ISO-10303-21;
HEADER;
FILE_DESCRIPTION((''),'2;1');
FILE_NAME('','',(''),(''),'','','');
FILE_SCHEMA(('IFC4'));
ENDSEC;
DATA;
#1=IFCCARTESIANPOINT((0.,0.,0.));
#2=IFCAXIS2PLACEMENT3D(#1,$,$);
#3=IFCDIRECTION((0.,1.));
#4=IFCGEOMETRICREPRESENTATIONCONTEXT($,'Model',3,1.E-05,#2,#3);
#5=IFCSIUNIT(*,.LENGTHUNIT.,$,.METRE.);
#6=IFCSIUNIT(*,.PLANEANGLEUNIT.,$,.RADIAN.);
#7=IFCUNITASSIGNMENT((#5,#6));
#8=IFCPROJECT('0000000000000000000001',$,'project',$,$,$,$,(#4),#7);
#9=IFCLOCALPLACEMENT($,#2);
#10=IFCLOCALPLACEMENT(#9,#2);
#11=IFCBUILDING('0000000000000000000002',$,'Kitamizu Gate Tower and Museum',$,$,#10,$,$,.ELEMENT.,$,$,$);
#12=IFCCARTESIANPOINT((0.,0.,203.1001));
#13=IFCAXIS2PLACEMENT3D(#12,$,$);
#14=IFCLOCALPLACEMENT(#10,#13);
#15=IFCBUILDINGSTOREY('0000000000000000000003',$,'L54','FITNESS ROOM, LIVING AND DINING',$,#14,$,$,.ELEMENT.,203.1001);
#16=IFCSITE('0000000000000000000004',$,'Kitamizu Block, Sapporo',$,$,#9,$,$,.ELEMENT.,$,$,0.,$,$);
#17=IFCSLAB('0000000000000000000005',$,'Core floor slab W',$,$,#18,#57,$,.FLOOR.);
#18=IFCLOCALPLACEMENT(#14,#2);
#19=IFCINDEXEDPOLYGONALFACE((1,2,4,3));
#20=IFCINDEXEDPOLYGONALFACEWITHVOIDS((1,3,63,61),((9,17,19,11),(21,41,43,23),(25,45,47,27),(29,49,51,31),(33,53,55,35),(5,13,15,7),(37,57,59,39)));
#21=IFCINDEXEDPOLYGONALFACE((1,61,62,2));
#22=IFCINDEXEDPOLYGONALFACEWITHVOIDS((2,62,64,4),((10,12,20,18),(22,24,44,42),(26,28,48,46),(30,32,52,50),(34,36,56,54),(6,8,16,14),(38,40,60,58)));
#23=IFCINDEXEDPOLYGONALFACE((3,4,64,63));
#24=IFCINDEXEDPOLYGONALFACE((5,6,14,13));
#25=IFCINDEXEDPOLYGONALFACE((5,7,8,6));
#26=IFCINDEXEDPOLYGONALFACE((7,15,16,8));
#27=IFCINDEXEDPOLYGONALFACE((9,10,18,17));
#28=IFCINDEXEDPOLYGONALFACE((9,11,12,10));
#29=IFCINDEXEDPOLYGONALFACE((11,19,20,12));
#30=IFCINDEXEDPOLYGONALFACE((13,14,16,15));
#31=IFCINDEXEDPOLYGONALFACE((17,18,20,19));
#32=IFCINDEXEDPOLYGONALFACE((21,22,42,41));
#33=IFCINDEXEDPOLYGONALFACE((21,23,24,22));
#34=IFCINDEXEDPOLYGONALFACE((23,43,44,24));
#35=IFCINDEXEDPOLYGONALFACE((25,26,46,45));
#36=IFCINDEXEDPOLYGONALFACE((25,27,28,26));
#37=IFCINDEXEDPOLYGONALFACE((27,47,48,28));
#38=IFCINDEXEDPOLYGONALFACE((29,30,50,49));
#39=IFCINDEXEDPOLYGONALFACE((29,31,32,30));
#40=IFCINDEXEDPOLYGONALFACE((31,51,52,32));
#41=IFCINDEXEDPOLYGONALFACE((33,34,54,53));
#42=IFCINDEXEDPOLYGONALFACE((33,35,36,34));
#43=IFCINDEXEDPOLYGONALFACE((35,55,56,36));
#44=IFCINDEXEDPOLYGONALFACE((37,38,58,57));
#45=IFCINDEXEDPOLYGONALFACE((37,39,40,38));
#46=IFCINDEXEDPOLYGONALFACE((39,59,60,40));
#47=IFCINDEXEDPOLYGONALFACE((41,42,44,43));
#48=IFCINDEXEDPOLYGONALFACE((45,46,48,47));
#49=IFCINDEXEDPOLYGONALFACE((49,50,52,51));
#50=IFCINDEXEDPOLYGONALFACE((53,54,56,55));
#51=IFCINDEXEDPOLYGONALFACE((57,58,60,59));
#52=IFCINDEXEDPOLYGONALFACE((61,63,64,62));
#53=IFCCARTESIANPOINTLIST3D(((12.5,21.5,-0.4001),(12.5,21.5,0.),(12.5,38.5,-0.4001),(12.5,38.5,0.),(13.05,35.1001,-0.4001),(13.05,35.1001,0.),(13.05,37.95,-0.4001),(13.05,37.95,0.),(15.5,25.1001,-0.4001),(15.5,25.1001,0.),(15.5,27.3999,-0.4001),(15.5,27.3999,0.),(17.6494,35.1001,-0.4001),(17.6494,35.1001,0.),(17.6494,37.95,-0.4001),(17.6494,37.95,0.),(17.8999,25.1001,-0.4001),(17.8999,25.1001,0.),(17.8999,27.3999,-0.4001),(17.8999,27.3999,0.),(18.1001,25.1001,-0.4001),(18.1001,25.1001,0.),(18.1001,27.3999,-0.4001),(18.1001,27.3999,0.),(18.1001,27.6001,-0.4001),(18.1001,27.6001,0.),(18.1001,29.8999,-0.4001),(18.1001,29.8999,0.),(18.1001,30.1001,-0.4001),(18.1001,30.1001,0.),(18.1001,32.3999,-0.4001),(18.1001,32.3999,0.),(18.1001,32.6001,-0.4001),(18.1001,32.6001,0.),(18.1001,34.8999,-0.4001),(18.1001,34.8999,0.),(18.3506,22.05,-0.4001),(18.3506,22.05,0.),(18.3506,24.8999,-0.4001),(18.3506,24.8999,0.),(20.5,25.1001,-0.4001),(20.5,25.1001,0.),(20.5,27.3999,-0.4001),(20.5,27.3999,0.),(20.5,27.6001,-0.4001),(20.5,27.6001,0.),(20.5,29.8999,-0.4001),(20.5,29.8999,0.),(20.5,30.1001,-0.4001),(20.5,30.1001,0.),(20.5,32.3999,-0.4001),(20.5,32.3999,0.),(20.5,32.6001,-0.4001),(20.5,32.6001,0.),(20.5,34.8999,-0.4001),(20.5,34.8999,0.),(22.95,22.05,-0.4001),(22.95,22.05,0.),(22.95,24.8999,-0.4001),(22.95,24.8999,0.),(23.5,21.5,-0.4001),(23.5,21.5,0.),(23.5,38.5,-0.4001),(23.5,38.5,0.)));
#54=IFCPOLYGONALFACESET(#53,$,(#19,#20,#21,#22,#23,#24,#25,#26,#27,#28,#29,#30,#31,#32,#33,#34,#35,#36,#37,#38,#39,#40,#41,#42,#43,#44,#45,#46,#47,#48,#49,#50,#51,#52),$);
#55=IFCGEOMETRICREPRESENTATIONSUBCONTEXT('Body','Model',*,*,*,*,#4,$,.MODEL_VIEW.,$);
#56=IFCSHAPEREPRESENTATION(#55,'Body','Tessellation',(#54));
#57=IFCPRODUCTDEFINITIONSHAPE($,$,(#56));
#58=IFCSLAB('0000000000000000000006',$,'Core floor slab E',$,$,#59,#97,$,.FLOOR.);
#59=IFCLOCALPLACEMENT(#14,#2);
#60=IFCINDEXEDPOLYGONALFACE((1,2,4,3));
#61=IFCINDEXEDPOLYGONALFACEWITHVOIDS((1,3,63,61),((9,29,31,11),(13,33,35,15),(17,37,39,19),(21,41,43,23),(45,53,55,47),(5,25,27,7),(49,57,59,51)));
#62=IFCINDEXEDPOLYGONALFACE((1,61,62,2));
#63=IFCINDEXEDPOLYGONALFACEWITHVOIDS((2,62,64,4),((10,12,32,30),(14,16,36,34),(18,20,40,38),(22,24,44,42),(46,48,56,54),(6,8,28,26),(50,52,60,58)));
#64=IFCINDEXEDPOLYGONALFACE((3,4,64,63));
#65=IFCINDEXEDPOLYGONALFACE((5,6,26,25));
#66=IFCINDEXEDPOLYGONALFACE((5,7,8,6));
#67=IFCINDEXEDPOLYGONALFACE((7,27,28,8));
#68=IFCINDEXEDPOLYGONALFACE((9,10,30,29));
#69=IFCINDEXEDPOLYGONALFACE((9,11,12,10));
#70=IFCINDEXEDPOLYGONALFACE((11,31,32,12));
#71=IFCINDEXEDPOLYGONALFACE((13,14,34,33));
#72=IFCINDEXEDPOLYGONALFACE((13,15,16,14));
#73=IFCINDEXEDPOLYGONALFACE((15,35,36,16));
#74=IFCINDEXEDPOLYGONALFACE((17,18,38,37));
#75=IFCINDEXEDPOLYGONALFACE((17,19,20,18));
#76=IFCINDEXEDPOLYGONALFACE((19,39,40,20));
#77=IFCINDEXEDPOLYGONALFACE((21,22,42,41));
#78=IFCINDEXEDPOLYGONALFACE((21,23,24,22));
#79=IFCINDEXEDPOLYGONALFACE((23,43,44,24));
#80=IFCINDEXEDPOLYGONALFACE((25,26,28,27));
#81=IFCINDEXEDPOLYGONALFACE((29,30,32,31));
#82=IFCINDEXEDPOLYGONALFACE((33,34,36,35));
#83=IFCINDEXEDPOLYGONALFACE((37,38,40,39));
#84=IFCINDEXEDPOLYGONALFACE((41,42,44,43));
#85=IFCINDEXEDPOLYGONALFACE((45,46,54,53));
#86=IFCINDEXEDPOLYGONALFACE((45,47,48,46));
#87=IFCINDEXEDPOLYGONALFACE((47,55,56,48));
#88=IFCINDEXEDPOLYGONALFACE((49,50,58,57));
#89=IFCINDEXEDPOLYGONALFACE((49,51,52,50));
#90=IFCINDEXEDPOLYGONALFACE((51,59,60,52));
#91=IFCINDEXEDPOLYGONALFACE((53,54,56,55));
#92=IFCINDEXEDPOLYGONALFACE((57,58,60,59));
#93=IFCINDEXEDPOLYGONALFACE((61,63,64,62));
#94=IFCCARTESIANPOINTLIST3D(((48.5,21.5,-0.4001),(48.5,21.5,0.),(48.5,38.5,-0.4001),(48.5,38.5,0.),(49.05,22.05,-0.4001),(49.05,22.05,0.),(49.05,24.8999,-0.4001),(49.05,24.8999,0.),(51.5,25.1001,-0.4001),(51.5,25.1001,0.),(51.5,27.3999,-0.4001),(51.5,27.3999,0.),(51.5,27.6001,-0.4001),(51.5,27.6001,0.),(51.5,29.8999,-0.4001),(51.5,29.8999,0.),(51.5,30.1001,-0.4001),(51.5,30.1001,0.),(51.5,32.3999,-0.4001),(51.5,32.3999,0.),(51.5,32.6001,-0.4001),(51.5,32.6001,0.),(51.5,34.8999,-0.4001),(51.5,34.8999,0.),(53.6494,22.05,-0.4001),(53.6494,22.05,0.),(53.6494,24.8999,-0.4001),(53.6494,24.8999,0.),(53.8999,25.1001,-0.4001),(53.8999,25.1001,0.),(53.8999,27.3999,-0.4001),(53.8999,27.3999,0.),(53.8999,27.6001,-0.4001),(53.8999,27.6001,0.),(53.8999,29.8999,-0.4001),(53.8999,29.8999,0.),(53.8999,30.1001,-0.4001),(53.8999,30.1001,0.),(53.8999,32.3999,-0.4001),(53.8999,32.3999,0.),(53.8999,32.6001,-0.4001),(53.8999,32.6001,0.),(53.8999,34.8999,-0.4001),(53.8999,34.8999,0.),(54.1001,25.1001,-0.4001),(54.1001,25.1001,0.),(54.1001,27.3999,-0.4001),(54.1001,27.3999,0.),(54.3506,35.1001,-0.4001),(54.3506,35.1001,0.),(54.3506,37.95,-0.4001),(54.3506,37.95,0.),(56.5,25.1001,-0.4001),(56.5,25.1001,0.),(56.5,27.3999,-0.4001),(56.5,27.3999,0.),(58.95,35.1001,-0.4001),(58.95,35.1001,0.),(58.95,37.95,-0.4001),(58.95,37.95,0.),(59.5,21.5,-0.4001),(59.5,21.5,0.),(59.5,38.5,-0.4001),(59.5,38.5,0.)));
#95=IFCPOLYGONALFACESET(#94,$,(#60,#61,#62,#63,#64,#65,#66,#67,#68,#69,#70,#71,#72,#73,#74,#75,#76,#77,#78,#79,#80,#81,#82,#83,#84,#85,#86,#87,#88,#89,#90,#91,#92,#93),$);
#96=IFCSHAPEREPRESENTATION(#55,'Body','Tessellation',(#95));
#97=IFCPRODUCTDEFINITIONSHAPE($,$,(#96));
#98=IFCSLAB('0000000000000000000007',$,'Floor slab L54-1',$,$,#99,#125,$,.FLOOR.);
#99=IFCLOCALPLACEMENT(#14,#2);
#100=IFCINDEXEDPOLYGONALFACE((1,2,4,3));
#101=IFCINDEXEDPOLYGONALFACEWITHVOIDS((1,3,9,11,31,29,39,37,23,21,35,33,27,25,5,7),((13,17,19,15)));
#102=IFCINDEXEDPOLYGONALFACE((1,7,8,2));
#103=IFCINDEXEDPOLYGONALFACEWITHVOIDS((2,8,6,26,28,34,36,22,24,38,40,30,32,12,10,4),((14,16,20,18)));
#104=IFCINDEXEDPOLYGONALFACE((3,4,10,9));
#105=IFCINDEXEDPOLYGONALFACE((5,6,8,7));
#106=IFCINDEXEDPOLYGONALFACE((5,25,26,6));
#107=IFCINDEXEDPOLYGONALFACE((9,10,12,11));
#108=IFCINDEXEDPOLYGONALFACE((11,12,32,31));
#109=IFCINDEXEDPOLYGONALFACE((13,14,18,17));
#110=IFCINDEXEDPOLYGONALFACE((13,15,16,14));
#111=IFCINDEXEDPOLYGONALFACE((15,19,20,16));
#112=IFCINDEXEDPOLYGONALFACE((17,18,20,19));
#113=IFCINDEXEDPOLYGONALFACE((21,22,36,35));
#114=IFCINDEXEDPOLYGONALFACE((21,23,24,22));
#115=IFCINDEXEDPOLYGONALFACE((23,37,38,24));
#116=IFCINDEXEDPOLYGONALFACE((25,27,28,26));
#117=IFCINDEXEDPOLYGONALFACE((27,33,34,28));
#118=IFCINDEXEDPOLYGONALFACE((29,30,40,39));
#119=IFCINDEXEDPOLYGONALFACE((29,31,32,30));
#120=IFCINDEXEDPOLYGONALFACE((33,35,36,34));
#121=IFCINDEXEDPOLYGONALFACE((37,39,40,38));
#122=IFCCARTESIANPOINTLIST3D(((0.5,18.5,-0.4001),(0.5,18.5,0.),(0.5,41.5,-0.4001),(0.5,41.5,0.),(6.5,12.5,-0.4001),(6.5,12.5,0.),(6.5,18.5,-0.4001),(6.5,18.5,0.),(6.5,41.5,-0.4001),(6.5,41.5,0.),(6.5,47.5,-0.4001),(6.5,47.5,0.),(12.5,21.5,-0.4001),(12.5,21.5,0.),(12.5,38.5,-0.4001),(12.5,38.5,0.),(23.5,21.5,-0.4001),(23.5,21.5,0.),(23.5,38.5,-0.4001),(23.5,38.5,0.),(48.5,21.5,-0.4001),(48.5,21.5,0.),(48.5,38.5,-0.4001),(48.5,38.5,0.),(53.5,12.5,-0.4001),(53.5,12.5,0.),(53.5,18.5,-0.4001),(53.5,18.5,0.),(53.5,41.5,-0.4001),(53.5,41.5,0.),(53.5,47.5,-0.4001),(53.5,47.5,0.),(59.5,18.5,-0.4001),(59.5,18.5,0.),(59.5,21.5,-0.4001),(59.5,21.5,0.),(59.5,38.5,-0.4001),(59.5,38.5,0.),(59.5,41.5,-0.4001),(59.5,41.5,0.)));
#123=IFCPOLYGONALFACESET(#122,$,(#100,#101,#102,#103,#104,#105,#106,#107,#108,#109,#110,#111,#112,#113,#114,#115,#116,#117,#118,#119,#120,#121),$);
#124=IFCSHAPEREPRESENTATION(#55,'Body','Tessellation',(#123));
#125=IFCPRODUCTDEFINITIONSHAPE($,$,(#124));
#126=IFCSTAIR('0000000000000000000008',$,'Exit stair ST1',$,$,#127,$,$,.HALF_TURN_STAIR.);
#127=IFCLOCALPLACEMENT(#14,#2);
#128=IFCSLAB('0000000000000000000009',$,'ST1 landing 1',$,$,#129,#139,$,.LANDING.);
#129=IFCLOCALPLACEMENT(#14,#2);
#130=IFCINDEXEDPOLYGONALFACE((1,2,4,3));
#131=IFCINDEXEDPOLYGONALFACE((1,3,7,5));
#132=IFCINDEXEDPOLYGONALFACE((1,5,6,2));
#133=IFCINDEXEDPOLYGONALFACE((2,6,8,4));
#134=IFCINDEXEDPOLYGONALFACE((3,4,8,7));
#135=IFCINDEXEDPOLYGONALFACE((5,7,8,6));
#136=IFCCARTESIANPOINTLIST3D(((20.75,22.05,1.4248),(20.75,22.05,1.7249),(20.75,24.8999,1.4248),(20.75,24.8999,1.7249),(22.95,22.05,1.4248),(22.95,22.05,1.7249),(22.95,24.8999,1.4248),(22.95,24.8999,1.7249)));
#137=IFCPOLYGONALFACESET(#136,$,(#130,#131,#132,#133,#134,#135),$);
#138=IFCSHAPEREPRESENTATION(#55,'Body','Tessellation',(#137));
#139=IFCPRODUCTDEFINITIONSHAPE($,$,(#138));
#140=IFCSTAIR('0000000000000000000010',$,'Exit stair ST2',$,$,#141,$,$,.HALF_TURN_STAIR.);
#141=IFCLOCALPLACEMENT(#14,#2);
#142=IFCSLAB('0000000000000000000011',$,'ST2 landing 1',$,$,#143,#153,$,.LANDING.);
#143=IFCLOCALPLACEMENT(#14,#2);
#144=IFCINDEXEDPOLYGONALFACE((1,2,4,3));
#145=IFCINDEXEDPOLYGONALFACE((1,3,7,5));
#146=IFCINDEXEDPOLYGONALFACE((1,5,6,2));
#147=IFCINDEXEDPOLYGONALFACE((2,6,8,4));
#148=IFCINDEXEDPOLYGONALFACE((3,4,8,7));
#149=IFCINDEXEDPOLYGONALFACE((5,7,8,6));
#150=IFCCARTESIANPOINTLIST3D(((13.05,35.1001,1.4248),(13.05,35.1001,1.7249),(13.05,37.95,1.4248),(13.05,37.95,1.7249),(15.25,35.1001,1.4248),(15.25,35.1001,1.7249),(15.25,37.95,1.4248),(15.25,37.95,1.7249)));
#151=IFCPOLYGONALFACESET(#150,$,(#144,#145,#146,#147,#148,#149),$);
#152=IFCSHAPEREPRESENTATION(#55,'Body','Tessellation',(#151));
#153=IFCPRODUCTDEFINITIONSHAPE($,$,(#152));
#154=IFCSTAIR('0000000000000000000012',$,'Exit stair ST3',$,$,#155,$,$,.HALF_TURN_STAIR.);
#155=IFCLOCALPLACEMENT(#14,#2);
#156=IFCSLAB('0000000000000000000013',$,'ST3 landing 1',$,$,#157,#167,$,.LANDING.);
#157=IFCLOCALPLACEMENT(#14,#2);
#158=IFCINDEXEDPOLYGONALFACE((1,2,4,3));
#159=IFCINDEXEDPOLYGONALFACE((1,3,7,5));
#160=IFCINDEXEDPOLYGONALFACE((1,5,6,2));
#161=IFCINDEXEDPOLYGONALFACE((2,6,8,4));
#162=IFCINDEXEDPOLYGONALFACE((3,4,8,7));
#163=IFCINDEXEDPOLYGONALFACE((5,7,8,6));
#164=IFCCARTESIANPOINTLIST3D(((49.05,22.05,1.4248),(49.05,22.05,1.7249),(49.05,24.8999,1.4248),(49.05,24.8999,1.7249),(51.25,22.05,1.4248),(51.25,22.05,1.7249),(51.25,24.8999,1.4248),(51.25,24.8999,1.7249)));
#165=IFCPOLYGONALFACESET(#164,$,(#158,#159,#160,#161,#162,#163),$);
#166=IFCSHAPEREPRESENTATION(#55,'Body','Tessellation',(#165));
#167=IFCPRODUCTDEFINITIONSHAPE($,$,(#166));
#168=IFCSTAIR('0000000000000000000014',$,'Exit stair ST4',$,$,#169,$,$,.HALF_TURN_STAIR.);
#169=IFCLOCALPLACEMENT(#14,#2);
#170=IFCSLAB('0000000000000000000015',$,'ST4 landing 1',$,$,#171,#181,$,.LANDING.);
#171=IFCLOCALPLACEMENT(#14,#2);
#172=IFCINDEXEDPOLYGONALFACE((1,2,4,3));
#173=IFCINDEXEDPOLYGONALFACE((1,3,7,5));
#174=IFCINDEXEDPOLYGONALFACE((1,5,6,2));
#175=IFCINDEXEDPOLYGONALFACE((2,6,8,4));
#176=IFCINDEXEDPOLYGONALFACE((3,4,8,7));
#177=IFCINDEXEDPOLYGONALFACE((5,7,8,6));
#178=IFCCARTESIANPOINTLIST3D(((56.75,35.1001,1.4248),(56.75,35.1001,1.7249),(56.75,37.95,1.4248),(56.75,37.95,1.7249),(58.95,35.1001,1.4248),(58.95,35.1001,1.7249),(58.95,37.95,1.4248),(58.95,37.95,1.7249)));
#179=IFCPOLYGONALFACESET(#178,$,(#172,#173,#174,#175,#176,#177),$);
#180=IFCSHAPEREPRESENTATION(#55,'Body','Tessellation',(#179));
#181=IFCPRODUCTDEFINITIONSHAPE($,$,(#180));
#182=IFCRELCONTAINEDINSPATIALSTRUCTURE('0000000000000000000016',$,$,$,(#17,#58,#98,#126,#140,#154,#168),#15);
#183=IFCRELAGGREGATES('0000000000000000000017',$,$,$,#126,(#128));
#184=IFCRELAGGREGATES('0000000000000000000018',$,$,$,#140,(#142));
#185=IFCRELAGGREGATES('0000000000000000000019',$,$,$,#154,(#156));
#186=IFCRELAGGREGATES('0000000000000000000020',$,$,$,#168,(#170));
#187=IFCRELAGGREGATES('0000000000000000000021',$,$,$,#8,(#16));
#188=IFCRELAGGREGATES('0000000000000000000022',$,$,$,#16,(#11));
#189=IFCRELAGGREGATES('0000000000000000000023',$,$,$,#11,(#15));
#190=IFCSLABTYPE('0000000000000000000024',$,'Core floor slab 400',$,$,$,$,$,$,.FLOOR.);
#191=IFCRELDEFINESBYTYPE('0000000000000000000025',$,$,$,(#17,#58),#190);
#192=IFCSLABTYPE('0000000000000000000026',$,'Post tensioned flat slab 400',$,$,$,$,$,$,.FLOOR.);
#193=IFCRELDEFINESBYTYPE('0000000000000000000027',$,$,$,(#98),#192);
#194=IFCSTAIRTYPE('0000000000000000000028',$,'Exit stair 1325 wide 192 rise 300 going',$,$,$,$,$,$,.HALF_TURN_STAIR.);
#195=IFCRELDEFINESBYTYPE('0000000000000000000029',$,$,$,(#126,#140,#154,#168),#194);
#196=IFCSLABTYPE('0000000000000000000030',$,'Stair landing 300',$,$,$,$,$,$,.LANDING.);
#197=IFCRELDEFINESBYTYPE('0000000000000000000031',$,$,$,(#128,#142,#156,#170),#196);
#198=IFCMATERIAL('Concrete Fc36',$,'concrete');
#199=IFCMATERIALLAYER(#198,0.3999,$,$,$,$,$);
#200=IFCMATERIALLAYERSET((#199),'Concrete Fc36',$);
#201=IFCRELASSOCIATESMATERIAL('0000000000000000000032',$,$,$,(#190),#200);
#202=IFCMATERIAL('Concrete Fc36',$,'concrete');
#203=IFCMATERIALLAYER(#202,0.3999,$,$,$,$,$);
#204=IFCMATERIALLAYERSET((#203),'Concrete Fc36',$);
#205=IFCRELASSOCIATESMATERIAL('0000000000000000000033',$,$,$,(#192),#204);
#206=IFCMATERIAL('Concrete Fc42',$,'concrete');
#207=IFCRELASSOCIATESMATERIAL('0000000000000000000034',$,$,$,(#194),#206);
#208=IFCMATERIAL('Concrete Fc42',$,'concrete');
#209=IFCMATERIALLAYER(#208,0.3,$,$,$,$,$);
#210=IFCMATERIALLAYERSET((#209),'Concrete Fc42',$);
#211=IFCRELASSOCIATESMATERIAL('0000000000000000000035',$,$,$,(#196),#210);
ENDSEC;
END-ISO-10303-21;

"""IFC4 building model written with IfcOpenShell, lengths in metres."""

from ifc_helpers import new_model, si_unit, direction, frame, origin, place, context, subcontext, project, spatial, polyline, outline, extrude, material, layer, layer_set, type_object, element, aggregate, save


model = new_model("IFC4")

# Units and contexts
model_context = context("Model", 3, precision=1e-05, world=origin(), true_north=direction((0.0, 1.0)))
body_context = subcontext(model_context, "Body", "Model", "MODEL_VIEW")
ifc_project = project(units=[si_unit("LENGTHUNIT", "METRE"), si_unit("PLANEANGLEUNIT", "RADIAN")], contexts=[model_context])

# Site, building, storey
site_placement = place(None, origin())
site = spatial("IfcSite", under=ifc_project, at=site_placement, Name="Kitamizu Block, Sapporo", CompositionType="ELEMENT", RefElevation=0.0)
building_placement = place(site_placement, origin())
building = spatial("IfcBuilding", under=site, at=building_placement, Name="Kitamizu Gate Tower and Museum", CompositionType="ELEMENT")
storey_placement = place(building_placement, frame((0.0, 0.0, 203.1001)))
storey = spatial("IfcBuildingStorey", under=building, at=storey_placement, Name="L54", Description="FITNESS ROOM, LIVING AND DINING", CompositionType="ELEMENT", Elevation=203.1001)

# Slabs
ifc_material_1 = material(Name="Concrete Fc36", Category="concrete")
ifc_layer_1 = layer(ifc_material_1, 0.3999)
ifc_layer_set_1 = layer_set([ifc_layer_1], Name="Concrete Fc36")
slab_type_1 = type_object("IfcSlabType", Name="Core floor slab 400", PredefinedType="FLOOR", material=ifc_layer_set_1)
slab_1_placement = place(storey_placement, frame((0.0, 0.0, -0.4001)))
element("IfcSlab", 1, at=slab_1_placement, inside=storey, type_object=slab_type_1, Name="Core floor slab W", PredefinedType="FLOOR", context=body_context, shape_type="SweptSolid", body=[
    extrude(outline(polyline([(12.5, 21.5), (23.5, 21.5), (23.5, 38.5), (12.5, 38.5), (12.5, 21.5)]), holes=[polyline([(15.5, 25.1001), (17.8999, 25.1001), (17.8999, 27.3999), (15.5, 27.3999), (15.5, 25.1001)]), polyline([(18.1001, 25.1001), (20.5, 25.1001), (20.5, 27.3999), (18.1001, 27.3999), (18.1001, 25.1001)]), polyline([(18.1001, 27.6001), (20.5, 27.6001), (20.5, 29.8999), (18.1001, 29.8999), (18.1001, 27.6001)]), polyline([(18.1001, 30.1001), (20.5, 30.1001), (20.5, 32.3999), (18.1001, 32.3999), (18.1001, 30.1001)]), polyline([(18.1001, 32.6001), (20.5, 32.6001), (20.5, 34.8999), (18.1001, 34.8999), (18.1001, 32.6001)]), polyline([(18.3506, 22.05), (22.95, 22.05), (22.95, 24.8999), (18.3506, 24.8999), (18.3506, 22.05)]), polyline([(13.05, 35.1001), (17.6494, 35.1001), (17.6494, 37.95), (13.05, 37.95), (13.05, 35.1001)])]), origin(), (0.0, 0.0, 1.0), 0.4001),
])
slab_2_placement = place(storey_placement, frame((0.0, 0.0, -0.4001)))
element("IfcSlab", 2, at=slab_2_placement, inside=storey, type_object=slab_type_1, Name="Core floor slab E", PredefinedType="FLOOR", context=body_context, shape_type="SweptSolid", body=[
    extrude(outline(polyline([(48.5, 21.5), (59.5, 21.5), (59.5, 38.5), (48.5, 38.5), (48.5, 21.5)]), holes=[polyline([(54.1001, 25.1001), (56.5, 25.1001), (56.5, 27.3999), (54.1001, 27.3999), (54.1001, 25.1001)]), polyline([(51.5, 25.1001), (53.8999, 25.1001), (53.8999, 27.3999), (51.5, 27.3999), (51.5, 25.1001)]), polyline([(51.5, 27.6001), (53.8999, 27.6001), (53.8999, 29.8999), (51.5, 29.8999), (51.5, 27.6001)]), polyline([(51.5, 30.1001), (53.8999, 30.1001), (53.8999, 32.3999), (51.5, 32.3999), (51.5, 30.1001)]), polyline([(51.5, 32.6001), (53.8999, 32.6001), (53.8999, 34.8999), (51.5, 34.8999), (51.5, 32.6001)]), polyline([(49.05, 22.05), (53.6494, 22.05), (53.6494, 24.8999), (49.05, 24.8999), (49.05, 22.05)]), polyline([(54.3506, 35.1001), (58.95, 35.1001), (58.95, 37.95), (54.3506, 37.95), (54.3506, 35.1001)])]), origin(), (0.0, 0.0, 1.0), 0.4001),
])
ifc_material_2 = material(Name="Concrete Fc36", Category="concrete")
ifc_layer_2 = layer(ifc_material_2, 0.3999)
ifc_layer_set_2 = layer_set([ifc_layer_2], Name="Concrete Fc36")
slab_type_2 = type_object("IfcSlabType", Name="Post tensioned flat slab 400", PredefinedType="FLOOR", material=ifc_layer_set_2)
slab_3_placement = place(storey_placement, frame((0.0, 0.0, -0.4001)))
element("IfcSlab", 3, at=slab_3_placement, inside=storey, type_object=slab_type_2, Name="Floor slab L54-1", PredefinedType="FLOOR", context=body_context, shape_type="SweptSolid", body=[
    extrude(outline(polyline([(0.5, 18.5), (0.5, 41.5), (6.5, 41.5), (6.5, 47.5), (53.5, 47.5), (53.5, 41.5), (59.5, 41.5), (59.5, 38.5), (48.5, 38.5), (48.5, 21.5), (59.5, 21.5), (59.5, 18.5), (53.5, 18.5), (53.5, 12.5), (6.5, 12.5), (6.5, 18.5), (0.5, 18.5)]), holes=[polyline([(12.5, 38.5), (12.5, 21.5), (23.5, 21.5), (23.5, 38.5), (12.5, 38.5)])]), origin(), (0.0, 0.0, 1.0), 0.4001),
])

# Stairs, slabs
ifc_material_3 = material(Name="Concrete Fc42", Category="concrete")
stair_type = type_object("IfcStairType", Name="Exit stair 1325 wide 192 rise 300 going", PredefinedType="HALF_TURN_STAIR", material=ifc_material_3)
stair_1_placement = place(storey_placement, origin())
stair_1 = element("IfcStair", 4, at=stair_1_placement, inside=storey, type_object=stair_type, Name="Exit stair ST1", PredefinedType="HALF_TURN_STAIR")
ifc_material_4 = material(Name="Concrete Fc42", Category="concrete")
ifc_layer_3 = layer(ifc_material_4, 0.3)
ifc_layer_set_3 = layer_set([ifc_layer_3], Name="Concrete Fc42")
slab_type_3 = type_object("IfcSlabType", Name="Stair landing 300", PredefinedType="LANDING", material=ifc_layer_set_3)
slab_4_placement = place(storey_placement, frame((0.0, 0.0, 1.4248)))
slab_4 = element("IfcSlab", 5, at=slab_4_placement, type_object=slab_type_3, Name="ST1 landing 1", PredefinedType="LANDING", context=body_context, shape_type="SweptSolid", body=[
    extrude(outline(polyline([(20.75, 22.05), (22.95, 22.05), (22.95, 24.8999), (20.75, 24.8999), (20.75, 22.05)])), origin(), (0.0, 0.0, 1.0), 0.3),
])
aggregate(stair_1, [slab_4])
stair_2_placement = place(storey_placement, origin())
stair_2 = element("IfcStair", 6, at=stair_2_placement, inside=storey, type_object=stair_type, Name="Exit stair ST2", PredefinedType="HALF_TURN_STAIR")
slab_5_placement = place(storey_placement, frame((0.0, 0.0, 1.4248)))
slab_5 = element("IfcSlab", 7, at=slab_5_placement, type_object=slab_type_3, Name="ST2 landing 1", PredefinedType="LANDING", context=body_context, shape_type="SweptSolid", body=[
    extrude(outline(polyline([(13.05, 35.1001), (15.25, 35.1001), (15.25, 37.95), (13.05, 37.95), (13.05, 35.1001)])), origin(), (0.0, 0.0, 1.0), 0.3),
])
aggregate(stair_2, [slab_5])
stair_3_placement = place(storey_placement, origin())
stair_3 = element("IfcStair", 8, at=stair_3_placement, inside=storey, type_object=stair_type, Name="Exit stair ST3", PredefinedType="HALF_TURN_STAIR")
slab_6_placement = place(storey_placement, frame((0.0, 0.0, 1.4248)))
slab_6 = element("IfcSlab", 9, at=slab_6_placement, type_object=slab_type_3, Name="ST3 landing 1", PredefinedType="LANDING", context=body_context, shape_type="SweptSolid", body=[
    extrude(outline(polyline([(49.05, 22.05), (51.25, 22.05), (51.25, 24.8999), (49.05, 24.8999), (49.05, 22.05)])), origin(), (0.0, 0.0, 1.0), 0.3),
])
aggregate(stair_3, [slab_6])
stair_4_placement = place(storey_placement, origin())
stair_4 = element("IfcStair", 10, at=stair_4_placement, inside=storey, type_object=stair_type, Name="Exit stair ST4", PredefinedType="HALF_TURN_STAIR")
slab_7_placement = place(storey_placement, frame((0.0, 0.0, 1.4248)))
slab_7 = element("IfcSlab", 11, at=slab_7_placement, type_object=slab_type_3, Name="ST4 landing 1", PredefinedType="LANDING", context=body_context, shape_type="SweptSolid", body=[
    extrude(outline(polyline([(56.75, 35.1001), (58.95, 35.1001), (58.95, 37.95), (56.75, 37.95), (56.75, 35.1001)])), origin(), (0.0, 0.0, 1.0), 0.3),
])
aggregate(stair_4, [slab_7])

save(model, "model.ifc")
